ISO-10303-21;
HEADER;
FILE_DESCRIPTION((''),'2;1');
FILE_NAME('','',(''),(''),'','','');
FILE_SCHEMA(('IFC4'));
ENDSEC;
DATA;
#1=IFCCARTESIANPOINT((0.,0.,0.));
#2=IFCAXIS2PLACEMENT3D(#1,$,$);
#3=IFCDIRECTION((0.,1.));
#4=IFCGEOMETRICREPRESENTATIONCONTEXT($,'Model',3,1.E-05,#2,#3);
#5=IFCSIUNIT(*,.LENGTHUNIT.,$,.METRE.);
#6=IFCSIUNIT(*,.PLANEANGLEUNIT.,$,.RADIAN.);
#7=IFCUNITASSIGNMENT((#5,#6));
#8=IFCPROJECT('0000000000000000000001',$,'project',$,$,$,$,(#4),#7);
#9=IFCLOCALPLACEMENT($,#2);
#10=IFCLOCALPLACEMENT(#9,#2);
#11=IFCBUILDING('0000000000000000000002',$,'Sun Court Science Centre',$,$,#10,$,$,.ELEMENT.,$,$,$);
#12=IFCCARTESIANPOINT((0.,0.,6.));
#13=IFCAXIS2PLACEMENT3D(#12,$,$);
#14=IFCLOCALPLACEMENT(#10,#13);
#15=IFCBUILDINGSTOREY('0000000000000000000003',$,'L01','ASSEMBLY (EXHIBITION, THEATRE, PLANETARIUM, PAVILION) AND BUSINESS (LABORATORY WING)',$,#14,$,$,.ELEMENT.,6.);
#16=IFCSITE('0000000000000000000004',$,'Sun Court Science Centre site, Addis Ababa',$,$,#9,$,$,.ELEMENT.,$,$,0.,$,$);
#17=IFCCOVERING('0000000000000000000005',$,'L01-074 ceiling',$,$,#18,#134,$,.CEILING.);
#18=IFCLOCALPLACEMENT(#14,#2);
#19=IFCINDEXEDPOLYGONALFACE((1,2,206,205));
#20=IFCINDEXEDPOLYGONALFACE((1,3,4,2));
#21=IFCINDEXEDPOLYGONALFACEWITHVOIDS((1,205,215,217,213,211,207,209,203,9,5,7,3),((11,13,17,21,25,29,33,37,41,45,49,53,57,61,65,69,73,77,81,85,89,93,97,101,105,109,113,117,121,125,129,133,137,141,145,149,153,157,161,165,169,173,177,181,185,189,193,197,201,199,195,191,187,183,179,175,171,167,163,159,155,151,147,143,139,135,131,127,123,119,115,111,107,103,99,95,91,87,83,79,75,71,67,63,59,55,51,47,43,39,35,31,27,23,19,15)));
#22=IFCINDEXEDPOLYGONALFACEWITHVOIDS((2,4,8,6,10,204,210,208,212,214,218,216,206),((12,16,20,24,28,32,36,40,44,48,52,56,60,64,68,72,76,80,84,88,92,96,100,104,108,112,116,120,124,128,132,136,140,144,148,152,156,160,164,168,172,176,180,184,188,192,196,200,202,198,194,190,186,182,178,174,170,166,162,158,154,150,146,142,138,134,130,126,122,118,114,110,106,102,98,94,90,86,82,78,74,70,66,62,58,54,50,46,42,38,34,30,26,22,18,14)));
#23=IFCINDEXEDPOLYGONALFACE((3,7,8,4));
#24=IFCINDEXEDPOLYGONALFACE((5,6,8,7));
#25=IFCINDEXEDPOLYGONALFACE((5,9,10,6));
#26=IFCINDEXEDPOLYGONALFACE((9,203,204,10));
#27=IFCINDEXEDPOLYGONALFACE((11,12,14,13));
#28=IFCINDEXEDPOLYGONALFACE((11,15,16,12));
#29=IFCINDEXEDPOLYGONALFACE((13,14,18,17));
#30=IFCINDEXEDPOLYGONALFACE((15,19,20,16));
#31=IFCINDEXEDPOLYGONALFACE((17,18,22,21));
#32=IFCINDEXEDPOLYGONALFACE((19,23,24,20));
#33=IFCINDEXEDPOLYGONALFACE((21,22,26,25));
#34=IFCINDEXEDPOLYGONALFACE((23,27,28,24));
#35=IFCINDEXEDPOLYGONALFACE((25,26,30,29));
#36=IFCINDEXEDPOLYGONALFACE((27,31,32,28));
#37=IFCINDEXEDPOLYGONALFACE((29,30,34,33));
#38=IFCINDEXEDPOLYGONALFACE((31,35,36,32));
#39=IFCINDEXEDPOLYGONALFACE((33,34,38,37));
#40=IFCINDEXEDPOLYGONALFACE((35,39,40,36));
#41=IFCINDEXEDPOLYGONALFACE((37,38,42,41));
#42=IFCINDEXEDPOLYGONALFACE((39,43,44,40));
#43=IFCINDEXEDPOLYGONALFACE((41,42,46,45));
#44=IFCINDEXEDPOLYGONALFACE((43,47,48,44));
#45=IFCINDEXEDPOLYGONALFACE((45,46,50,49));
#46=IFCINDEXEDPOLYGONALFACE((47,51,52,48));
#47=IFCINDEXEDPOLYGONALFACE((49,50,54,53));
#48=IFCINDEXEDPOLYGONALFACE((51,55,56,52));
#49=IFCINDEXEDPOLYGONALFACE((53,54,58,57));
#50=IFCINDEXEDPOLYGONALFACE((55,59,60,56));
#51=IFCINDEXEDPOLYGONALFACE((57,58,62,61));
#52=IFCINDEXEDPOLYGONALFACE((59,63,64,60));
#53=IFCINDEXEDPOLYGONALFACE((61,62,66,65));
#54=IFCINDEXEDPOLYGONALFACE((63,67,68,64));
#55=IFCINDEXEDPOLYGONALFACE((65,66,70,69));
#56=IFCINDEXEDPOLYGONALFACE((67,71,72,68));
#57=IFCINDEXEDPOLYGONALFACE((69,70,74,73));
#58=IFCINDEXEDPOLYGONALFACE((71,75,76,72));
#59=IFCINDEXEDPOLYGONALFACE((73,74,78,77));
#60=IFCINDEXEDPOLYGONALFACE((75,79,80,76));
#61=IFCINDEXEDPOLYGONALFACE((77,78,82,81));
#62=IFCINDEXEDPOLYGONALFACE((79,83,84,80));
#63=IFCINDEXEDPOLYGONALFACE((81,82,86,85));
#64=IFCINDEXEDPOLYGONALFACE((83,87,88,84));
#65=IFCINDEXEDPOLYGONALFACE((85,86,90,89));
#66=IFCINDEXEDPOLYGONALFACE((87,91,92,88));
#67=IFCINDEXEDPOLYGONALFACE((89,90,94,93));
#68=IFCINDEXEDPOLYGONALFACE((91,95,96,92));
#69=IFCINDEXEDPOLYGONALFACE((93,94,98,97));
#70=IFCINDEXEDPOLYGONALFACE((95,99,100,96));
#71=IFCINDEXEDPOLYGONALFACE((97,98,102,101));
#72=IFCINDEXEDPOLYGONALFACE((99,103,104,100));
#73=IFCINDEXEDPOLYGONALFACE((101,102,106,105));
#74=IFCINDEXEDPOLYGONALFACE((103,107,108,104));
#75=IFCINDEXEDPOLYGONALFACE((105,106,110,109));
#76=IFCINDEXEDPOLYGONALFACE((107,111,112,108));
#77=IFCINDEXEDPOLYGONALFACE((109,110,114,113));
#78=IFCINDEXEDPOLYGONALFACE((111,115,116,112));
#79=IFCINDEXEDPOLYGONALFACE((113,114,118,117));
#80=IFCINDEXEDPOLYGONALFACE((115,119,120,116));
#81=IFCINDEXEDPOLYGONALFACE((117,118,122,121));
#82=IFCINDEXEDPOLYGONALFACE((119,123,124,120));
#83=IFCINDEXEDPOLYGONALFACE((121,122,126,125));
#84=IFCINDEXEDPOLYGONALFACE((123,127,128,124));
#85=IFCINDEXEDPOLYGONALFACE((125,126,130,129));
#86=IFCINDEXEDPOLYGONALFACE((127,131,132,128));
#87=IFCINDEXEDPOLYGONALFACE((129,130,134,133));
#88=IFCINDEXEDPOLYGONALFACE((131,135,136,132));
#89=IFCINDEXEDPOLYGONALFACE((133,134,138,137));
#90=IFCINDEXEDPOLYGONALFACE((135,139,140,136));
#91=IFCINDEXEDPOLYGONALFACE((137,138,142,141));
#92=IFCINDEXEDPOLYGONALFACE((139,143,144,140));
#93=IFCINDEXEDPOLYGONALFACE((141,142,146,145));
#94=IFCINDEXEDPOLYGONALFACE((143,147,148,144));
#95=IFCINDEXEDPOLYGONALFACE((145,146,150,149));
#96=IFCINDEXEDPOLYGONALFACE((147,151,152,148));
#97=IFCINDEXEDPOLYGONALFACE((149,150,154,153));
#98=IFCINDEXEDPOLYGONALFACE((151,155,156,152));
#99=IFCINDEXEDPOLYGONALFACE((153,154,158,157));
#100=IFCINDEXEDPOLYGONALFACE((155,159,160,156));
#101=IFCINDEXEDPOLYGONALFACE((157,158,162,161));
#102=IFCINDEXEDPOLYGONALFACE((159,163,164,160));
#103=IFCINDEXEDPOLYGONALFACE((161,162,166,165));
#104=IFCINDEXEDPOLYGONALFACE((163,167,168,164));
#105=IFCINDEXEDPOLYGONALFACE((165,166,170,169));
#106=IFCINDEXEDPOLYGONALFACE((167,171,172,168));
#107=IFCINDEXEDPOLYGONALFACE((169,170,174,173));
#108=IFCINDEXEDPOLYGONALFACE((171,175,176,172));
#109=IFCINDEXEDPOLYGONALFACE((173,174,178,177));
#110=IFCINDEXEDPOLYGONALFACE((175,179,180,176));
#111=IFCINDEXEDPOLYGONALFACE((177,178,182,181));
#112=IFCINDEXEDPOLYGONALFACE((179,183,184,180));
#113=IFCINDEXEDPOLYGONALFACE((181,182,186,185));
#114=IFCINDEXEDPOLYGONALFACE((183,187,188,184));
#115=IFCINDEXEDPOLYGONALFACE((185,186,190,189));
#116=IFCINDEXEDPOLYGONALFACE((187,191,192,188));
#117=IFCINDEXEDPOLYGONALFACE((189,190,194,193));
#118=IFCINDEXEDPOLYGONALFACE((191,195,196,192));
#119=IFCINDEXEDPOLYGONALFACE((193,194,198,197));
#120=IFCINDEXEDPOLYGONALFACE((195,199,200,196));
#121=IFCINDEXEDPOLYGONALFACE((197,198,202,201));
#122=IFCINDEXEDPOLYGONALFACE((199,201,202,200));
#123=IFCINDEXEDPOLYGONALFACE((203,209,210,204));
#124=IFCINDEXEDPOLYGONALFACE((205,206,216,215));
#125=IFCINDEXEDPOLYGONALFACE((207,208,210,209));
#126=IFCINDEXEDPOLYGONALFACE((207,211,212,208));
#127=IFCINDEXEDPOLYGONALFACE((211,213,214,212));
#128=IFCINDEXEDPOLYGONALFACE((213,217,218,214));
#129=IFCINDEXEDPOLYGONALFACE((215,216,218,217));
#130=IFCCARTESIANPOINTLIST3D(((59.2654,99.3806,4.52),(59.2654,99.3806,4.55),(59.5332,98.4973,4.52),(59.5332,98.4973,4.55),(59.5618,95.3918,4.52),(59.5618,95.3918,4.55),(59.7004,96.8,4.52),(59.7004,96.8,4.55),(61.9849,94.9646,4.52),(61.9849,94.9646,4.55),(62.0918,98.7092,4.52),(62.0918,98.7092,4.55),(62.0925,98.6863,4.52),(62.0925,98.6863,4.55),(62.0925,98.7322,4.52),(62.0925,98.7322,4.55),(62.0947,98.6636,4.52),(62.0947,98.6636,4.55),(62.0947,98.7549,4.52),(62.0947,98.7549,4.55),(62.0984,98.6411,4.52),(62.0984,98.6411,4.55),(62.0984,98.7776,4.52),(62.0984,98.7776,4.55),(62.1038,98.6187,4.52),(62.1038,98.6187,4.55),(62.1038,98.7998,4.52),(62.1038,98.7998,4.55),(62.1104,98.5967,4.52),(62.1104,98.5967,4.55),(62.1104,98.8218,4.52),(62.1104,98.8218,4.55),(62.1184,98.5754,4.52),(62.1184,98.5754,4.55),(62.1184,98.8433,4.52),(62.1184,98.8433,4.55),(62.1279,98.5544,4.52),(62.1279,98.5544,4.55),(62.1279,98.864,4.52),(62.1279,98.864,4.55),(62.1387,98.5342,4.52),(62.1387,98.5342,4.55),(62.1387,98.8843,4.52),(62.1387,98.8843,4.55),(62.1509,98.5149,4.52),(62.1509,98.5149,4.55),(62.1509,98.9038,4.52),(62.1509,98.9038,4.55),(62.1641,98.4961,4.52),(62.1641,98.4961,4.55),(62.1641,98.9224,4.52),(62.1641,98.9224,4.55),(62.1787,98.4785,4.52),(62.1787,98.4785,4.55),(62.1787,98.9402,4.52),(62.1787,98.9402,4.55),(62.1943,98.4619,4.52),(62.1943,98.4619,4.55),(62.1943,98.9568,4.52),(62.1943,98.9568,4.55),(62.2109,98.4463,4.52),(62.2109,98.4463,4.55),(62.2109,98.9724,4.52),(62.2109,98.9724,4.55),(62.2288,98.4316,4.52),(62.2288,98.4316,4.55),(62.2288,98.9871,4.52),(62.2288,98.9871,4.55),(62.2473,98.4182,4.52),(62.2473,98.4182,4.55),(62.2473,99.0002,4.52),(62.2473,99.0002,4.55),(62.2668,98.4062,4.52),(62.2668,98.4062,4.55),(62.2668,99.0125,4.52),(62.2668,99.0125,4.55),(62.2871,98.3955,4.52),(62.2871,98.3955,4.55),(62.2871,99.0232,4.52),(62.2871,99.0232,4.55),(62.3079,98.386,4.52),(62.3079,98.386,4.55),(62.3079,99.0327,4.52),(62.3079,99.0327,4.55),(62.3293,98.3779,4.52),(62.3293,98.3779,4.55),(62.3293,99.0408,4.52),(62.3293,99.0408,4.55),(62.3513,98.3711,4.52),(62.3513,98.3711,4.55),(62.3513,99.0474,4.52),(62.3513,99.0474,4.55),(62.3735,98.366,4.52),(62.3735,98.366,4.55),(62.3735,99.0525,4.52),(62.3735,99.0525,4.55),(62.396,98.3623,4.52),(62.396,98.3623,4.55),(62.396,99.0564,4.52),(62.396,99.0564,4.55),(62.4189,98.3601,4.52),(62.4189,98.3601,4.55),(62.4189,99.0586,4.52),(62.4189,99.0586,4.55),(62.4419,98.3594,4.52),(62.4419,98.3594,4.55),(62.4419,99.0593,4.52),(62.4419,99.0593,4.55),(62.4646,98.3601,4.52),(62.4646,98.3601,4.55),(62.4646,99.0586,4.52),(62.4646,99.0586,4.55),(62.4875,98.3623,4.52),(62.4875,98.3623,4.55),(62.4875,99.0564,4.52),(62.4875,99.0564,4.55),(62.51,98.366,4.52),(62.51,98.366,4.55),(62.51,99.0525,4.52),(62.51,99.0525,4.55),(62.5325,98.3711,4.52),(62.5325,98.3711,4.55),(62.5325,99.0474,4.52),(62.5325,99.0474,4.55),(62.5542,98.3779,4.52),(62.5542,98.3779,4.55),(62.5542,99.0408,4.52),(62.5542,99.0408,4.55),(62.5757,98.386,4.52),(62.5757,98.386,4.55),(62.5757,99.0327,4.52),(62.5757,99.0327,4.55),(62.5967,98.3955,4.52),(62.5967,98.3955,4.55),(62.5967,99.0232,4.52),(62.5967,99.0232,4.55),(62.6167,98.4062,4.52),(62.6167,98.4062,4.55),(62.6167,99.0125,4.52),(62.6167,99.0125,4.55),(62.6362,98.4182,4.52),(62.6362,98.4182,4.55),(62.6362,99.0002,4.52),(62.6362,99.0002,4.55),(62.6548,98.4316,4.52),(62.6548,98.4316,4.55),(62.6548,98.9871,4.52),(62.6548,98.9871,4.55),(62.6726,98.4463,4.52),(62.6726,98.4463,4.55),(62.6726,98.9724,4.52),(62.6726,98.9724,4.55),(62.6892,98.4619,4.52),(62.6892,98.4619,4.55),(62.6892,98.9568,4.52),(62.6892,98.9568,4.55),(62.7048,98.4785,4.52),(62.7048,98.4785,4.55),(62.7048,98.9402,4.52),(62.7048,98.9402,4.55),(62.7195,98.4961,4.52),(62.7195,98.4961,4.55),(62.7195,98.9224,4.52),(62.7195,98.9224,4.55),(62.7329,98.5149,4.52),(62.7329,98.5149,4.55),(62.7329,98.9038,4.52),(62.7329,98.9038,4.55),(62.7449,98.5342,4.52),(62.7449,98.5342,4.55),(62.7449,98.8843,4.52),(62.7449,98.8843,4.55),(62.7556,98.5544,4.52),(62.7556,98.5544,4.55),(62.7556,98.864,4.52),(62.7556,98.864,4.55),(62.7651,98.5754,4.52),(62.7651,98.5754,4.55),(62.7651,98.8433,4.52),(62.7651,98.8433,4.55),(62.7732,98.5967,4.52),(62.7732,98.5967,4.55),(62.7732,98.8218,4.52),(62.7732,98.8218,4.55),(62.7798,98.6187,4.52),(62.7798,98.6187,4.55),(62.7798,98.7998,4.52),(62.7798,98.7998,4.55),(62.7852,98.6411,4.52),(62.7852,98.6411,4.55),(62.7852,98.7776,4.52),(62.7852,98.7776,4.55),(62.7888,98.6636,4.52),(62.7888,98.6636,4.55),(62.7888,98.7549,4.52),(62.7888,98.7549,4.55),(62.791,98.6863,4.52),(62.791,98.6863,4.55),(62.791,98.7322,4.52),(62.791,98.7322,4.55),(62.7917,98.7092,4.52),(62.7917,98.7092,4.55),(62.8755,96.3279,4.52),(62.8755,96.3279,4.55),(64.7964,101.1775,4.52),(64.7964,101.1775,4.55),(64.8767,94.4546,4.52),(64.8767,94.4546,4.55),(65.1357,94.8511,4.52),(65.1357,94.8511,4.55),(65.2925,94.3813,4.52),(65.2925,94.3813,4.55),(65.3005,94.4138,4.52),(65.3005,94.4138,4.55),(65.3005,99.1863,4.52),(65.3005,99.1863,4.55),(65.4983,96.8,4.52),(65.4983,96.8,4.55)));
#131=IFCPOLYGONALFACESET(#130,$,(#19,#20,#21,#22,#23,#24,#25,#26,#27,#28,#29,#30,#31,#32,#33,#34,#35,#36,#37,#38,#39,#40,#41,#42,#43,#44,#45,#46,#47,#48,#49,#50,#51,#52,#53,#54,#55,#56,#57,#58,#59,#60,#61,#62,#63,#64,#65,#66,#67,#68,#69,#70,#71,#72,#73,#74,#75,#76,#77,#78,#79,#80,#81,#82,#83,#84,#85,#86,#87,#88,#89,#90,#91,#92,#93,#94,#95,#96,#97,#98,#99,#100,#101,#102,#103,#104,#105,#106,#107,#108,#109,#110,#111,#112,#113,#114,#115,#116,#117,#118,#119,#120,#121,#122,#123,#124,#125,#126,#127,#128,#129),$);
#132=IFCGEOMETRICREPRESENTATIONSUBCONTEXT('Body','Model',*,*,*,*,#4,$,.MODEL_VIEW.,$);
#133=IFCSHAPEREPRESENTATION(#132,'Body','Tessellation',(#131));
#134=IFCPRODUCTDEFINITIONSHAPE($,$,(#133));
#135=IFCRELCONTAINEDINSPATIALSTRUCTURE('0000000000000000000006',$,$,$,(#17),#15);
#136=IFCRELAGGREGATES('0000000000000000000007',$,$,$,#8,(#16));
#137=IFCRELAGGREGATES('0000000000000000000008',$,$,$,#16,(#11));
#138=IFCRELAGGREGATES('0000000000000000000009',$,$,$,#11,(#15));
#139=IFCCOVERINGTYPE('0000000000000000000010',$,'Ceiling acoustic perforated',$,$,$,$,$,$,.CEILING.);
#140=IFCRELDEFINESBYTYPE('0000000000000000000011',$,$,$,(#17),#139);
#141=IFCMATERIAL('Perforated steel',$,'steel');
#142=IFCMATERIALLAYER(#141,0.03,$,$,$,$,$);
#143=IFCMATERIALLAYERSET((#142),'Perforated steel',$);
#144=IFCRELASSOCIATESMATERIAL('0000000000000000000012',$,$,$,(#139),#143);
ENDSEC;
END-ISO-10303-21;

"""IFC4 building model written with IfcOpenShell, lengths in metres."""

from ifc_helpers import new_model, si_unit, direction, frame, origin, place, context, subcontext, project, spatial, polyline, outline, extrude, material, layer, layer_set, type_object, element, save


model = new_model("IFC4")

# Units and contexts
model_context = context("Model", 3, precision=1e-05, world=origin(), true_north=direction((0.0, 1.0)))
body_context = subcontext(model_context, "Body", "Model", "MODEL_VIEW")
ifc_project = project(units=[si_unit("LENGTHUNIT", "METRE"), si_unit("PLANEANGLEUNIT", "RADIAN")], contexts=[model_context])

# Site, building, storey
site_placement = place(None, origin())
site = spatial("IfcSite", under=ifc_project, at=site_placement, Name="Sun Court Science Centre site, Addis Ababa", CompositionType="ELEMENT", RefElevation=0.0)
building_placement = place(site_placement, origin())
building = spatial("IfcBuilding", under=site, at=building_placement, Name="Sun Court Science Centre", CompositionType="ELEMENT")
storey_placement = place(building_placement, frame((0.0, 0.0, 6.0)))
storey = spatial("IfcBuildingStorey", under=building, at=storey_placement, Name="L01", Description="ASSEMBLY (EXHIBITION, THEATRE, PLANETARIUM, PAVILION) AND BUSINESS (LABORATORY WING)", CompositionType="ELEMENT", Elevation=6.0)

# Covering
ifc_material_1 = material(Name="Perforated steel", Category="steel")
ifc_layer_1 = layer(ifc_material_1, 0.03)
ifc_layer_set_1 = layer_set([ifc_layer_1], Name="Perforated steel")
covering_type_1 = type_object("IfcCoveringType", Name="Ceiling acoustic perforated", PredefinedType="CEILING", material=ifc_layer_set_1)
covering_1_placement = place(storey_placement, frame((0.0, 0.0, 4.52)))
element("IfcCovering", 1, at=covering_1_placement, inside=storey, type_object=covering_type_1, Name="L01-074 ceiling", PredefinedType="CEILING", context=body_context, shape_type="SweptSolid", body=[
    extrude(outline(polyline([(65.4983, 96.8), (65.3005, 94.4138), (65.2925, 94.3813), (64.8767, 94.4546), (65.1357, 94.8511), (62.8755, 96.3279), (61.9849, 94.9646), (59.5618, 95.3918), (59.7004, 96.8), (59.5332, 98.4973), (59.2654, 99.3806), (64.7964, 101.1775), (65.3005, 99.1863), (65.4983, 96.8)]), holes=[polyline([(62.7798, 98.6187), (62.7852, 98.6411), (62.7888, 98.6636), (62.791, 98.6863), (62.7917, 98.7092), (62.791, 98.7322), (62.7888, 98.7549), (62.7852, 98.7776), (62.7798, 98.7998), (62.7732, 98.8218), (62.7651, 98.8433), (62.7556, 98.864), (62.7449, 98.8843), (62.7329, 98.9038), (62.7195, 98.9224), (62.7048, 98.9402), (62.6892, 98.9568), (62.6726, 98.9724), (62.6548, 98.9871), (62.6362, 99.0002), (62.6167, 99.0125), (62.5967, 99.0232), (62.5757, 99.0327), (62.5542, 99.0408), (62.5325, 99.0474), (62.51, 99.0525), (62.4875, 99.0564), (62.4646, 99.0586), (62.4419, 99.0593), (62.4189, 99.0586), (62.396, 99.0564), (62.3735, 99.0525), (62.3513, 99.0474), (62.3293, 99.0408), (62.3079, 99.0327), (62.2871, 99.0232), (62.2668, 99.0125), (62.2473, 99.0002), (62.2288, 98.9871), (62.2109, 98.9724), (62.1943, 98.9568), (62.1787, 98.9402), (62.1641, 98.9224), (62.1509, 98.9038), (62.1387, 98.8843), (62.1279, 98.864), (62.1184, 98.8433), (62.1104, 98.8218), (62.1038, 98.7998), (62.0984, 98.7776), (62.0947, 98.7549), (62.0925, 98.7322), (62.0918, 98.7092), (62.0925, 98.6863), (62.0947, 98.6636), (62.0984, 98.6411), (62.1038, 98.6187), (62.1104, 98.5967), (62.1184, 98.5754), (62.1279, 98.5544), (62.1387, 98.5342), (62.1509, 98.5149), (62.1641, 98.4961), (62.1787, 98.4785), (62.1943, 98.4619), (62.2109, 98.4463), (62.2288, 98.4316), (62.2473, 98.4182), (62.2668, 98.4062), (62.2871, 98.3955), (62.3079, 98.386), (62.3293, 98.3779), (62.3513, 98.3711), (62.3735, 98.366), (62.396, 98.3623), (62.4189, 98.3601), (62.4419, 98.3594), (62.4646, 98.3601), (62.4875, 98.3623), (62.51, 98.366), (62.5325, 98.3711), (62.5542, 98.3779), (62.5757, 98.386), (62.5967, 98.3955), (62.6167, 98.4062), (62.6362, 98.4182), (62.6548, 98.4316), (62.6726, 98.4463), (62.6892, 98.4619), (62.7048, 98.4785), (62.7195, 98.4961), (62.7329, 98.5149), (62.7449, 98.5342), (62.7556, 98.5544), (62.7651, 98.5754), (62.7732, 98.5967), (62.7798, 98.6187)])]), origin(), (0.0, 0.0, 1.0), 0.03),
])

save(model, "model.ifc")
